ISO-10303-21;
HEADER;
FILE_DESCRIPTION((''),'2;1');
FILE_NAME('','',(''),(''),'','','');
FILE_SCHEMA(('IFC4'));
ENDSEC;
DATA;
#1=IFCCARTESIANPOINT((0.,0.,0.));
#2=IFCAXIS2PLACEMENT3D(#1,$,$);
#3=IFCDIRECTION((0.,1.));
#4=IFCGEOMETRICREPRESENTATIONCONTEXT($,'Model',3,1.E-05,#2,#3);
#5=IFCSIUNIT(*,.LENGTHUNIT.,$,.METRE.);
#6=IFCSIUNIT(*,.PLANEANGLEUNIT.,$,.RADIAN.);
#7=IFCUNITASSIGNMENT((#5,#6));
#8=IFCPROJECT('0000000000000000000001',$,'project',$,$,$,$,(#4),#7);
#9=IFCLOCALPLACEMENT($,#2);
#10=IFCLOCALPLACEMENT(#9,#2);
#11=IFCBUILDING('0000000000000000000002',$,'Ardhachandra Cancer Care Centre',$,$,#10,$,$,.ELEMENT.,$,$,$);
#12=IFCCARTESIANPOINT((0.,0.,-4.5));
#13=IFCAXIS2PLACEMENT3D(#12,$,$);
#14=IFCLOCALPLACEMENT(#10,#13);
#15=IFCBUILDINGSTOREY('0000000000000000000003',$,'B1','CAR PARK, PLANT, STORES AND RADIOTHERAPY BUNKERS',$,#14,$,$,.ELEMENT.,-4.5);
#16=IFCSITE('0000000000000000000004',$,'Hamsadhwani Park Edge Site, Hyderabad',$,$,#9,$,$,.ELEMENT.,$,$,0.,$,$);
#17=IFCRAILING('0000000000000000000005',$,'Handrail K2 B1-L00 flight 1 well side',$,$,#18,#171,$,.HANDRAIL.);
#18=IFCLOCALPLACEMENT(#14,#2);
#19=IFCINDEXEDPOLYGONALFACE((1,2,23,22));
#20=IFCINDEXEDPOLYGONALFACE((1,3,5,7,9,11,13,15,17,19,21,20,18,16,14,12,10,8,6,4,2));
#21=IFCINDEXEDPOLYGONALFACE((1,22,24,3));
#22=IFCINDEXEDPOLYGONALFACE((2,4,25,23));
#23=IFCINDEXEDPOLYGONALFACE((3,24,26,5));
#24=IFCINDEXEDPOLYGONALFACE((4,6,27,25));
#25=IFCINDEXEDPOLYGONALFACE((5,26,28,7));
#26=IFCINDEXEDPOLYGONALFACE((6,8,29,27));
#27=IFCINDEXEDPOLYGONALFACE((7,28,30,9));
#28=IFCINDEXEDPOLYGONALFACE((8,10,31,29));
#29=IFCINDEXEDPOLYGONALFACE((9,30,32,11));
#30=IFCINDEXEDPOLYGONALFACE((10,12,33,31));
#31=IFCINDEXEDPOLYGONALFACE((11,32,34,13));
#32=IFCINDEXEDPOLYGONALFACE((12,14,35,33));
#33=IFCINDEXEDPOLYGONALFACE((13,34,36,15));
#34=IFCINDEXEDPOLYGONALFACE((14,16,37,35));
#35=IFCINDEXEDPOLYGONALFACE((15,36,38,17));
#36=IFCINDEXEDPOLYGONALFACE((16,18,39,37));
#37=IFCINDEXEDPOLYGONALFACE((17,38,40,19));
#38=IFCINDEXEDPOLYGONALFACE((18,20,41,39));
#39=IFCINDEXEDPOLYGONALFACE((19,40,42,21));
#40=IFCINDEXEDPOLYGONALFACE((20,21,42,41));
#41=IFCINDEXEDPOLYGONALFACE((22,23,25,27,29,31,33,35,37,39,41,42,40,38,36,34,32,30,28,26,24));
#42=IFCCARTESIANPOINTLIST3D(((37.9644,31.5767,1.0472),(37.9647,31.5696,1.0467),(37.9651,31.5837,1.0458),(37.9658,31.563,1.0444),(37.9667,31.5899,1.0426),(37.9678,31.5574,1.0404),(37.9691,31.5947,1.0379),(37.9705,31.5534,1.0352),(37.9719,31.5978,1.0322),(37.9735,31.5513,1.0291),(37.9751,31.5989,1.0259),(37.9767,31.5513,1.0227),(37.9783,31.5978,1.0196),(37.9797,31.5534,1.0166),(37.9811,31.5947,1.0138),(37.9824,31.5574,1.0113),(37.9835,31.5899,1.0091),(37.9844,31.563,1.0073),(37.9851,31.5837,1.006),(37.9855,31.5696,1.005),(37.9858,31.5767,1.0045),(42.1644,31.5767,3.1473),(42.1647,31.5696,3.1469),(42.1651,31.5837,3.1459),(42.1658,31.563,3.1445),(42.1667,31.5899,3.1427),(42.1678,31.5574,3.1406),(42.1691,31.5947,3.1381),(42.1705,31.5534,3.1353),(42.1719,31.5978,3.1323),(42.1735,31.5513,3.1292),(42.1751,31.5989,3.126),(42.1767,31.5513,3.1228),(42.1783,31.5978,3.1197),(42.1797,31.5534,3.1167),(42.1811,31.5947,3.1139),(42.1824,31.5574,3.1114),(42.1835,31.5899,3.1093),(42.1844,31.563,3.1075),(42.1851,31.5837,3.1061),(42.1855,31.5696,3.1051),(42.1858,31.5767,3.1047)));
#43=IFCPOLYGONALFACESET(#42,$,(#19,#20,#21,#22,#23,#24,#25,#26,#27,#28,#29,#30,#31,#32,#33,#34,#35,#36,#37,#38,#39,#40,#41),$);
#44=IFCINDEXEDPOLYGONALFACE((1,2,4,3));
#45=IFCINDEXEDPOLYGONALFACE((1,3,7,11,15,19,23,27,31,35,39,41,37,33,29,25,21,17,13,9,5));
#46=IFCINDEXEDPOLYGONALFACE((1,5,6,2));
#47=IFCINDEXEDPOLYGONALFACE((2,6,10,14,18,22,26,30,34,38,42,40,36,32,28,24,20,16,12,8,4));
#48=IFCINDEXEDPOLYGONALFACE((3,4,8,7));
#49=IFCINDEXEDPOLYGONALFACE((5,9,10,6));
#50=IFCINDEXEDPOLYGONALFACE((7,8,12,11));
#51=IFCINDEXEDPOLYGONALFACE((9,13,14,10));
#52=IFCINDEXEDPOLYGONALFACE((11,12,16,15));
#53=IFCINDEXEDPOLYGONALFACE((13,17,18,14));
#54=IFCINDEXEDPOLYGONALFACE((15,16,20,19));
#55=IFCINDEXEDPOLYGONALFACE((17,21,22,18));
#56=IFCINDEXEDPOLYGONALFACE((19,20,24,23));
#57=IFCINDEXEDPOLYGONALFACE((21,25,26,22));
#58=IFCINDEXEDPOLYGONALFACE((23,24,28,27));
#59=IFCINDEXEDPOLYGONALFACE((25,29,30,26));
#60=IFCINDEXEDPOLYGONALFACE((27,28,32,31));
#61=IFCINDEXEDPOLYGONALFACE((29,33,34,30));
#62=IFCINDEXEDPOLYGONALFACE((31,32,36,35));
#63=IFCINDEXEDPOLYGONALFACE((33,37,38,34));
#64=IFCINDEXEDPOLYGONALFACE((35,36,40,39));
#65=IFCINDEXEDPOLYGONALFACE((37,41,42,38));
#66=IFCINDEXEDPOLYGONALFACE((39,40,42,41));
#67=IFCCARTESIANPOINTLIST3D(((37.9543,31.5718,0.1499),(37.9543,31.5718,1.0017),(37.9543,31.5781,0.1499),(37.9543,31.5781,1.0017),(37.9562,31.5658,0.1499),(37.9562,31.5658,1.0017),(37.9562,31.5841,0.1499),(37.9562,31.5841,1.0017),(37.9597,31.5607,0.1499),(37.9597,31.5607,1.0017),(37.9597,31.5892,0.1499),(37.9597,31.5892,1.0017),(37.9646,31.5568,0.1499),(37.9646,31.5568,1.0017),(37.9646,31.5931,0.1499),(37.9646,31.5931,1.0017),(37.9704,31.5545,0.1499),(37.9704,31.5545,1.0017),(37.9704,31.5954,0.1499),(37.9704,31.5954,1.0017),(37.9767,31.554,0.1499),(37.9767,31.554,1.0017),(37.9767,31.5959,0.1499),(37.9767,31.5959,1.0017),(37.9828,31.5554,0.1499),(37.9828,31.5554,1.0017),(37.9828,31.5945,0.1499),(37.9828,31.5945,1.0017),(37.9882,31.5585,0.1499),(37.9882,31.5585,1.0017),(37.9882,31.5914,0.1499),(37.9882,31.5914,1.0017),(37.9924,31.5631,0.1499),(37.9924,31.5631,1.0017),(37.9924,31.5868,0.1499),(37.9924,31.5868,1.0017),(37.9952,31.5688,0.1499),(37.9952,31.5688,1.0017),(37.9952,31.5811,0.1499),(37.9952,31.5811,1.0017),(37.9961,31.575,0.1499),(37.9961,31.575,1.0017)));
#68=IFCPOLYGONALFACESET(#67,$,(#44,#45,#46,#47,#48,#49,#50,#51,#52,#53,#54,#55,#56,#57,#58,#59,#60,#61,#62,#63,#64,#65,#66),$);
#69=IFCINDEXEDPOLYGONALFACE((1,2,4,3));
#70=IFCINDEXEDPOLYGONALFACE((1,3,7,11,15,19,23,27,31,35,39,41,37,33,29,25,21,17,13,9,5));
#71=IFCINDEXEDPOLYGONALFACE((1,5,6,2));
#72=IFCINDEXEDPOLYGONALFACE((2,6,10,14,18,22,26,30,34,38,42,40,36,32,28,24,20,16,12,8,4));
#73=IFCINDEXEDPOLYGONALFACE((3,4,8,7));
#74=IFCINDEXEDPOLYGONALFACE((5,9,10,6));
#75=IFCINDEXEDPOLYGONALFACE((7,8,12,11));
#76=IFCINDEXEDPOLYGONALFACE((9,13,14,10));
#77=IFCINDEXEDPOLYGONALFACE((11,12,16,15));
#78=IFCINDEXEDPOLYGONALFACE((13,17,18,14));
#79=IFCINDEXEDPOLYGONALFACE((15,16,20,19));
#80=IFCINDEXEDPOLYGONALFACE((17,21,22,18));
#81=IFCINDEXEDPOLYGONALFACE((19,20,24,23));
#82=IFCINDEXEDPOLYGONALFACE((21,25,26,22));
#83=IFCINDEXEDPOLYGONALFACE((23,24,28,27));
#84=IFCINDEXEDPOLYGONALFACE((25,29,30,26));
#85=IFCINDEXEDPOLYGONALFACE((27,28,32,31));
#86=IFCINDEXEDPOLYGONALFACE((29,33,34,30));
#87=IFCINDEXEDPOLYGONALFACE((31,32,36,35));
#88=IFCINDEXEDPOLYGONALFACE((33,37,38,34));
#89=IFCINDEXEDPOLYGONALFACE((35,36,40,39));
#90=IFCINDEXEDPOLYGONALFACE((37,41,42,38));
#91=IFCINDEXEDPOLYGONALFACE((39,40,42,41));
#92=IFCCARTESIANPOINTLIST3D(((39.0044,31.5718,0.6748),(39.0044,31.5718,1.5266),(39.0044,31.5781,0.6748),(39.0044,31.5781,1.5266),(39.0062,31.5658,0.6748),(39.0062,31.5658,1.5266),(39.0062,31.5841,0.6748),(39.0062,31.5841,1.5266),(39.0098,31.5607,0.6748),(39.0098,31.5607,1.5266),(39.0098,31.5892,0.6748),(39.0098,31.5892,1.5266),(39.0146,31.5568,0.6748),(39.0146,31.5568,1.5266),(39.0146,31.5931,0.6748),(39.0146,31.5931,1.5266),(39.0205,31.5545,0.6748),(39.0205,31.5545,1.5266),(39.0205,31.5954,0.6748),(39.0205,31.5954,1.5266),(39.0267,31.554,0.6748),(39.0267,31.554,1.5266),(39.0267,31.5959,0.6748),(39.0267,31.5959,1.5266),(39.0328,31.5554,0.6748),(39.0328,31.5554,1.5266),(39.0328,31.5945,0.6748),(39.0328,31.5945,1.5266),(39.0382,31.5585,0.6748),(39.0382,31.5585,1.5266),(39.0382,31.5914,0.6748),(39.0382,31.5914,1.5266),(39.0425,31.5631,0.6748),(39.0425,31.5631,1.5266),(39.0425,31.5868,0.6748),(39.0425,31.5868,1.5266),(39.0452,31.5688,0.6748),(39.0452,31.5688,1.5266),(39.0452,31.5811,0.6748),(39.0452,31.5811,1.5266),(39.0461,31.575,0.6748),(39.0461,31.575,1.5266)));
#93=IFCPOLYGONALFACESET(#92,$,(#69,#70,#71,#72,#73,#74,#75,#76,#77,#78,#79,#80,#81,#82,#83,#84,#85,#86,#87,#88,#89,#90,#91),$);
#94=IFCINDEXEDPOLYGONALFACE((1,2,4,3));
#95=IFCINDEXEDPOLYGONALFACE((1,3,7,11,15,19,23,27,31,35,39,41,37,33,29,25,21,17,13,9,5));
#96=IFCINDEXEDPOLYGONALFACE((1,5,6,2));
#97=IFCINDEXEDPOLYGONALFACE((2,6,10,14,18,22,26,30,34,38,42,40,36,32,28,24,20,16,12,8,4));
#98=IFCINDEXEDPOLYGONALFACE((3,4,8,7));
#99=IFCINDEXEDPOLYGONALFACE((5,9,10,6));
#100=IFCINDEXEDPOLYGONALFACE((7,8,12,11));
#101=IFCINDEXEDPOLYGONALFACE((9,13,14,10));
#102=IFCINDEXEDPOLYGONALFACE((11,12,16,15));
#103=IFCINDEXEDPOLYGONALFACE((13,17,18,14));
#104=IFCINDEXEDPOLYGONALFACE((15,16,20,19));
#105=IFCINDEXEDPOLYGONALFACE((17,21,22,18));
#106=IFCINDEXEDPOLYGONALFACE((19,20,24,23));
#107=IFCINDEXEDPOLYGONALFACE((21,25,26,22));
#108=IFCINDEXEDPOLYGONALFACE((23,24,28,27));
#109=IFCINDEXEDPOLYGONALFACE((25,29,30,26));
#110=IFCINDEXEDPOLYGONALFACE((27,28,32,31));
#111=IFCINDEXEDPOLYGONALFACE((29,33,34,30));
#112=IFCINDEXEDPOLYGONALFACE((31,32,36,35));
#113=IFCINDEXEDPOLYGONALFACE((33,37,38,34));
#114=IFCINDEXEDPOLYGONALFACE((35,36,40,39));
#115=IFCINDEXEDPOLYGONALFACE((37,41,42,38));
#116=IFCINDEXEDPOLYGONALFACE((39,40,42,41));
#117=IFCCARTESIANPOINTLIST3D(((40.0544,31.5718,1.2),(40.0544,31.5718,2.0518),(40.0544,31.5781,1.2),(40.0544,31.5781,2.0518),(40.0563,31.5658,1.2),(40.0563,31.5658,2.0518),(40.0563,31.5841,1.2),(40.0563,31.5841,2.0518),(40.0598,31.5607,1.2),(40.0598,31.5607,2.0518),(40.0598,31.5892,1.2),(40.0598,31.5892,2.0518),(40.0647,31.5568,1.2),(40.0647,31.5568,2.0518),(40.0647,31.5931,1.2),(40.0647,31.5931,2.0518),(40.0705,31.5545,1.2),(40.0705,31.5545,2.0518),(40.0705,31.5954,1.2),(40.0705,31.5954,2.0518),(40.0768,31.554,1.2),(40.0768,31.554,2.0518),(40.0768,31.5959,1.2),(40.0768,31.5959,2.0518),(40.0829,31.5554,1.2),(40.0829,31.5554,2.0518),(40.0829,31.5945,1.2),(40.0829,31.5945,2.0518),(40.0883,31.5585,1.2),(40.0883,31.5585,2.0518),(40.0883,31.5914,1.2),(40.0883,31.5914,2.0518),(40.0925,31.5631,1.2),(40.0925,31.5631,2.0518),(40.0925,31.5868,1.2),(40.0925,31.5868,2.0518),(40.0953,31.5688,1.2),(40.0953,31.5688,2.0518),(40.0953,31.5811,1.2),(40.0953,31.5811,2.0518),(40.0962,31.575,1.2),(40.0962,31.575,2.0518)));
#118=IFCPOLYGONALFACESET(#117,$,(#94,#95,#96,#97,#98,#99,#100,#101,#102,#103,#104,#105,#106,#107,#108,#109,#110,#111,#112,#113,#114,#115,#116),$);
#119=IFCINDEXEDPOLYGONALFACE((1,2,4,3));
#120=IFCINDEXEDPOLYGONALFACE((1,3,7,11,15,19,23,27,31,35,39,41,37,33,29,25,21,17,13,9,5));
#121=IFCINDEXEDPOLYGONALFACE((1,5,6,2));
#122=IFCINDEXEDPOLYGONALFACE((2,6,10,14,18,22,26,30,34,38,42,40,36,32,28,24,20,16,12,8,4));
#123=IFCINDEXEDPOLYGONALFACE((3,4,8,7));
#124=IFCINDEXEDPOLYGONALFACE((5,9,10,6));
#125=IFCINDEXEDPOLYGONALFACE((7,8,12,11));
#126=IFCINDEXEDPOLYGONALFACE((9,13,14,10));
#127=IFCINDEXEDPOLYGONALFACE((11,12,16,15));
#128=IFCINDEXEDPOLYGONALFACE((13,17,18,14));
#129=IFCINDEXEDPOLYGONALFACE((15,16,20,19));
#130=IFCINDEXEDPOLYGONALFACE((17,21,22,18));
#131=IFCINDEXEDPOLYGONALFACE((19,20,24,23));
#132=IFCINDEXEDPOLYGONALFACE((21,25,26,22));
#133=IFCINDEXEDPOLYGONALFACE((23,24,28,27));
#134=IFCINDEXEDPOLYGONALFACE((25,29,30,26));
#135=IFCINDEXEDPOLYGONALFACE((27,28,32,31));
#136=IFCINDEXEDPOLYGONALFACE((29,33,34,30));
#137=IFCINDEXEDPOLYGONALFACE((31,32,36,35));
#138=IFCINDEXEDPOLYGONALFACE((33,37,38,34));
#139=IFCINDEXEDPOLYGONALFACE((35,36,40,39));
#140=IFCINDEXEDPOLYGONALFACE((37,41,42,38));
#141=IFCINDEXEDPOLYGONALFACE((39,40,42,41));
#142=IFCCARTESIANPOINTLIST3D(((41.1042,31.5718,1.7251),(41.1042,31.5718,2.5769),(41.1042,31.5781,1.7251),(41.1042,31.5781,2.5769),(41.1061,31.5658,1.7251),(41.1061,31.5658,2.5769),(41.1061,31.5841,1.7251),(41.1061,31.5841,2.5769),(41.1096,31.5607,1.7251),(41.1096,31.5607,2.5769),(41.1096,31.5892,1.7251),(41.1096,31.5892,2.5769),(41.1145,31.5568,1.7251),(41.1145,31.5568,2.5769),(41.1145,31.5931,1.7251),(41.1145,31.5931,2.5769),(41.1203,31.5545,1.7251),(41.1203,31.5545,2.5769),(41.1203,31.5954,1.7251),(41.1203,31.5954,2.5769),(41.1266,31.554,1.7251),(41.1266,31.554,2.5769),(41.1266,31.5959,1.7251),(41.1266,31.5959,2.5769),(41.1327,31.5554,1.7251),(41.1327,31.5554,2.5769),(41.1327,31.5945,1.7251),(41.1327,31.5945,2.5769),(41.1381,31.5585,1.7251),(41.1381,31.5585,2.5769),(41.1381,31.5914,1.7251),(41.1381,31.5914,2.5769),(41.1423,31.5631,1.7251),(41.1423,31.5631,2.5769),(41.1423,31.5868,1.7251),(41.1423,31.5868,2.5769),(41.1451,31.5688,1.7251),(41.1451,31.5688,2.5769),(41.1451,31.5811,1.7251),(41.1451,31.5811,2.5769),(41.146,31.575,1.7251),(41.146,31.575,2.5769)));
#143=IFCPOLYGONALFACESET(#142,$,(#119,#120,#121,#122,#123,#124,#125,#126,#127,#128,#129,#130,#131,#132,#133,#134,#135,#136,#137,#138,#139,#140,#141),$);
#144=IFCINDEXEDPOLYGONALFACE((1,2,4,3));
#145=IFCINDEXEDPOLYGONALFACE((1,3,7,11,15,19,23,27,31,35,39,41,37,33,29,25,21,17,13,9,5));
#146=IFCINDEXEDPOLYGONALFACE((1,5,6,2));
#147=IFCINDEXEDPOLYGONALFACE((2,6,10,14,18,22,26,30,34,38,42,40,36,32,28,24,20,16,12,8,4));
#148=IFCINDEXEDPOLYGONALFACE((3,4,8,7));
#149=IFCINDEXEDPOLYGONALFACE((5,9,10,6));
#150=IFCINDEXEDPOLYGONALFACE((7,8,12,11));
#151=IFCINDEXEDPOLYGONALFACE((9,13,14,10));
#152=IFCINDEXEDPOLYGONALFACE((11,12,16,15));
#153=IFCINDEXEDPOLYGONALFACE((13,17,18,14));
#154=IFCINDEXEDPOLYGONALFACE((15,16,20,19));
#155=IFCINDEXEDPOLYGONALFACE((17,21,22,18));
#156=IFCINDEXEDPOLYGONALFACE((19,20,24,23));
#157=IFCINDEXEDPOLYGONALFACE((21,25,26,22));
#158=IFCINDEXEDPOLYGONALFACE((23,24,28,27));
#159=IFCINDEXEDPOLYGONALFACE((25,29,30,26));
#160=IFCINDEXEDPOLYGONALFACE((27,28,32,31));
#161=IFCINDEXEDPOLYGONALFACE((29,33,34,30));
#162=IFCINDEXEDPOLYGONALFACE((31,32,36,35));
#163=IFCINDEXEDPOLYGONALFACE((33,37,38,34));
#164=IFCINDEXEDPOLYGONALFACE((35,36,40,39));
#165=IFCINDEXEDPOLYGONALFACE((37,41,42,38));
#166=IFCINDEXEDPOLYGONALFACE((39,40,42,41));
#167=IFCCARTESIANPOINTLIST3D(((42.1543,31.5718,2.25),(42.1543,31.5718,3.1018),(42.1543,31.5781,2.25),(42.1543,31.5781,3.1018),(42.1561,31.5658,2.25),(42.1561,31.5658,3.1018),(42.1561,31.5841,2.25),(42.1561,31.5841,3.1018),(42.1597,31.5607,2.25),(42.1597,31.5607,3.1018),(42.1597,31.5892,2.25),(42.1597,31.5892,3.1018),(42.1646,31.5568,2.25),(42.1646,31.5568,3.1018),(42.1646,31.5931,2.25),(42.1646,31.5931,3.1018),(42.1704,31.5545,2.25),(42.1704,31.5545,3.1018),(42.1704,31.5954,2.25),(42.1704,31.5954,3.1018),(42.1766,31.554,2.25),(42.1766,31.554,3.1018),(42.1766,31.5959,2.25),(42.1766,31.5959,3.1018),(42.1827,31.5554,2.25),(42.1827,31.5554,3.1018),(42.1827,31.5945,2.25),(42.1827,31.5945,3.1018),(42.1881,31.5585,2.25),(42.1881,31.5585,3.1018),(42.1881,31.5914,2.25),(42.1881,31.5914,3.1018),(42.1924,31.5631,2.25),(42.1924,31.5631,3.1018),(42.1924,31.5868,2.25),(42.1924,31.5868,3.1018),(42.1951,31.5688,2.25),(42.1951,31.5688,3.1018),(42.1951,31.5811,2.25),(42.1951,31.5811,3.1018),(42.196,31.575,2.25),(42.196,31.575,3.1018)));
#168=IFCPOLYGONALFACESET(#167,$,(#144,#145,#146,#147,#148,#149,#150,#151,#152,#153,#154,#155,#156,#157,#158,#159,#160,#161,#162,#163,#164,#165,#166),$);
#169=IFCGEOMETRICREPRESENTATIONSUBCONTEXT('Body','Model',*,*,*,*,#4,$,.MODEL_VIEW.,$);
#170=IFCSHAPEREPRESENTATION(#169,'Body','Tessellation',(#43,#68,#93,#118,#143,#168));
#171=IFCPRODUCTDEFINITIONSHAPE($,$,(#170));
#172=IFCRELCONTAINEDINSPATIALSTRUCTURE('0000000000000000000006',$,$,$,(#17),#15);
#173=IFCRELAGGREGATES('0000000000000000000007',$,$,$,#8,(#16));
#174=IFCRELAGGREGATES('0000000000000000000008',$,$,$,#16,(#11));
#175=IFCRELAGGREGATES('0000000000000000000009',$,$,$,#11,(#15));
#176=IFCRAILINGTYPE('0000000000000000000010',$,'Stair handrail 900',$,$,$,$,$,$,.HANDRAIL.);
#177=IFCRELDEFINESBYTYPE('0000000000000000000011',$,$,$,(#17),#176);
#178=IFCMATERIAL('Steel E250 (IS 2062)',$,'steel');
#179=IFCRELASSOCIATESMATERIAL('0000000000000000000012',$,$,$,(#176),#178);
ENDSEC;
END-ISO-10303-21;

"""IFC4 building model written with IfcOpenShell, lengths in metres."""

from ifc_helpers import new_model, si_unit, direction, frame, origin, origin_2d, place, context, subcontext, project, spatial, circle, extrude, material, type_object, element, save


model = new_model("IFC4")

# Units and contexts
model_context = context("Model", 3, precision=1e-05, world=origin(), true_north=direction((0.0, 1.0)))
body_context = subcontext(model_context, "Body", "Model", "MODEL_VIEW")
ifc_project = project(units=[si_unit("LENGTHUNIT", "METRE"), si_unit("PLANEANGLEUNIT", "RADIAN")], contexts=[model_context])

# Site, building, storey
site_placement = place(None, origin())
site = spatial("IfcSite", under=ifc_project, at=site_placement, Name="Hamsadhwani Park Edge Site, Hyderabad", CompositionType="ELEMENT", RefElevation=0.0)
building_placement = place(site_placement, origin())
building = spatial("IfcBuilding", under=site, at=building_placement, Name="Ardhachandra Cancer Care Centre", CompositionType="ELEMENT")
storey_placement = place(building_placement, frame((0.0, 0.0, -4.5)))
storey = spatial("IfcBuildingStorey", under=building, at=storey_placement, Name="B1", Description="CAR PARK, PLANT, STORES AND RADIOTHERAPY BUNKERS", CompositionType="ELEMENT", Elevation=-4.5)

# Railing
ifc_material_1 = material(Name="Steel E250 (IS 2062)", Category="steel")
railing_type = type_object("IfcRailingType", Name="Stair handrail 900", PredefinedType="HANDRAIL", material=ifc_material_1)
for number, where, name in (
    (1, (37.9751, 31.575, 0.1499), "Handrail K2 B1-L00 flight 1 well side"),
):
    element("IfcRailing", number, at=place(storey_placement, frame(where)), inside=storey, type_object=railing_type, Name=name, PredefinedType="HANDRAIL", context=body_context, shape_type="SweptSolid", body=[
        extrude(circle(Radius=0.0239, at=origin_2d()), frame((0.0, 0.0, 0.876), z_axis=(0.894417, 0.0, 0.447234), x_axis=(0.0, 1.0, 0.0)), (0.0, 0.0, 1.0), 4.6958),
        extrude(circle(Radius=0.021, at=origin_2d()), origin(), (0.0, 0.0, 1.0), 0.8518),
        extrude(circle(Radius=0.021, at=origin_2d()), frame((1.05, 0.0, 0.5249)), (0.0, 0.0, 1.0), 0.8518),
        extrude(circle(Radius=0.021, at=origin_2d()), frame((2.1001, 0.0, 1.05)), (0.0, 0.0, 1.0), 0.8518),
        extrude(circle(Radius=0.021, at=origin_2d()), frame((3.1499, 0.0, 1.5752)), (0.0, 0.0, 1.0), 0.8518),
        extrude(circle(Radius=0.021, at=origin_2d()), frame((4.2, 0.0, 2.1001)), (0.0, 0.0, 1.0), 0.8518),
    ])

save(model, "model.ifc")
